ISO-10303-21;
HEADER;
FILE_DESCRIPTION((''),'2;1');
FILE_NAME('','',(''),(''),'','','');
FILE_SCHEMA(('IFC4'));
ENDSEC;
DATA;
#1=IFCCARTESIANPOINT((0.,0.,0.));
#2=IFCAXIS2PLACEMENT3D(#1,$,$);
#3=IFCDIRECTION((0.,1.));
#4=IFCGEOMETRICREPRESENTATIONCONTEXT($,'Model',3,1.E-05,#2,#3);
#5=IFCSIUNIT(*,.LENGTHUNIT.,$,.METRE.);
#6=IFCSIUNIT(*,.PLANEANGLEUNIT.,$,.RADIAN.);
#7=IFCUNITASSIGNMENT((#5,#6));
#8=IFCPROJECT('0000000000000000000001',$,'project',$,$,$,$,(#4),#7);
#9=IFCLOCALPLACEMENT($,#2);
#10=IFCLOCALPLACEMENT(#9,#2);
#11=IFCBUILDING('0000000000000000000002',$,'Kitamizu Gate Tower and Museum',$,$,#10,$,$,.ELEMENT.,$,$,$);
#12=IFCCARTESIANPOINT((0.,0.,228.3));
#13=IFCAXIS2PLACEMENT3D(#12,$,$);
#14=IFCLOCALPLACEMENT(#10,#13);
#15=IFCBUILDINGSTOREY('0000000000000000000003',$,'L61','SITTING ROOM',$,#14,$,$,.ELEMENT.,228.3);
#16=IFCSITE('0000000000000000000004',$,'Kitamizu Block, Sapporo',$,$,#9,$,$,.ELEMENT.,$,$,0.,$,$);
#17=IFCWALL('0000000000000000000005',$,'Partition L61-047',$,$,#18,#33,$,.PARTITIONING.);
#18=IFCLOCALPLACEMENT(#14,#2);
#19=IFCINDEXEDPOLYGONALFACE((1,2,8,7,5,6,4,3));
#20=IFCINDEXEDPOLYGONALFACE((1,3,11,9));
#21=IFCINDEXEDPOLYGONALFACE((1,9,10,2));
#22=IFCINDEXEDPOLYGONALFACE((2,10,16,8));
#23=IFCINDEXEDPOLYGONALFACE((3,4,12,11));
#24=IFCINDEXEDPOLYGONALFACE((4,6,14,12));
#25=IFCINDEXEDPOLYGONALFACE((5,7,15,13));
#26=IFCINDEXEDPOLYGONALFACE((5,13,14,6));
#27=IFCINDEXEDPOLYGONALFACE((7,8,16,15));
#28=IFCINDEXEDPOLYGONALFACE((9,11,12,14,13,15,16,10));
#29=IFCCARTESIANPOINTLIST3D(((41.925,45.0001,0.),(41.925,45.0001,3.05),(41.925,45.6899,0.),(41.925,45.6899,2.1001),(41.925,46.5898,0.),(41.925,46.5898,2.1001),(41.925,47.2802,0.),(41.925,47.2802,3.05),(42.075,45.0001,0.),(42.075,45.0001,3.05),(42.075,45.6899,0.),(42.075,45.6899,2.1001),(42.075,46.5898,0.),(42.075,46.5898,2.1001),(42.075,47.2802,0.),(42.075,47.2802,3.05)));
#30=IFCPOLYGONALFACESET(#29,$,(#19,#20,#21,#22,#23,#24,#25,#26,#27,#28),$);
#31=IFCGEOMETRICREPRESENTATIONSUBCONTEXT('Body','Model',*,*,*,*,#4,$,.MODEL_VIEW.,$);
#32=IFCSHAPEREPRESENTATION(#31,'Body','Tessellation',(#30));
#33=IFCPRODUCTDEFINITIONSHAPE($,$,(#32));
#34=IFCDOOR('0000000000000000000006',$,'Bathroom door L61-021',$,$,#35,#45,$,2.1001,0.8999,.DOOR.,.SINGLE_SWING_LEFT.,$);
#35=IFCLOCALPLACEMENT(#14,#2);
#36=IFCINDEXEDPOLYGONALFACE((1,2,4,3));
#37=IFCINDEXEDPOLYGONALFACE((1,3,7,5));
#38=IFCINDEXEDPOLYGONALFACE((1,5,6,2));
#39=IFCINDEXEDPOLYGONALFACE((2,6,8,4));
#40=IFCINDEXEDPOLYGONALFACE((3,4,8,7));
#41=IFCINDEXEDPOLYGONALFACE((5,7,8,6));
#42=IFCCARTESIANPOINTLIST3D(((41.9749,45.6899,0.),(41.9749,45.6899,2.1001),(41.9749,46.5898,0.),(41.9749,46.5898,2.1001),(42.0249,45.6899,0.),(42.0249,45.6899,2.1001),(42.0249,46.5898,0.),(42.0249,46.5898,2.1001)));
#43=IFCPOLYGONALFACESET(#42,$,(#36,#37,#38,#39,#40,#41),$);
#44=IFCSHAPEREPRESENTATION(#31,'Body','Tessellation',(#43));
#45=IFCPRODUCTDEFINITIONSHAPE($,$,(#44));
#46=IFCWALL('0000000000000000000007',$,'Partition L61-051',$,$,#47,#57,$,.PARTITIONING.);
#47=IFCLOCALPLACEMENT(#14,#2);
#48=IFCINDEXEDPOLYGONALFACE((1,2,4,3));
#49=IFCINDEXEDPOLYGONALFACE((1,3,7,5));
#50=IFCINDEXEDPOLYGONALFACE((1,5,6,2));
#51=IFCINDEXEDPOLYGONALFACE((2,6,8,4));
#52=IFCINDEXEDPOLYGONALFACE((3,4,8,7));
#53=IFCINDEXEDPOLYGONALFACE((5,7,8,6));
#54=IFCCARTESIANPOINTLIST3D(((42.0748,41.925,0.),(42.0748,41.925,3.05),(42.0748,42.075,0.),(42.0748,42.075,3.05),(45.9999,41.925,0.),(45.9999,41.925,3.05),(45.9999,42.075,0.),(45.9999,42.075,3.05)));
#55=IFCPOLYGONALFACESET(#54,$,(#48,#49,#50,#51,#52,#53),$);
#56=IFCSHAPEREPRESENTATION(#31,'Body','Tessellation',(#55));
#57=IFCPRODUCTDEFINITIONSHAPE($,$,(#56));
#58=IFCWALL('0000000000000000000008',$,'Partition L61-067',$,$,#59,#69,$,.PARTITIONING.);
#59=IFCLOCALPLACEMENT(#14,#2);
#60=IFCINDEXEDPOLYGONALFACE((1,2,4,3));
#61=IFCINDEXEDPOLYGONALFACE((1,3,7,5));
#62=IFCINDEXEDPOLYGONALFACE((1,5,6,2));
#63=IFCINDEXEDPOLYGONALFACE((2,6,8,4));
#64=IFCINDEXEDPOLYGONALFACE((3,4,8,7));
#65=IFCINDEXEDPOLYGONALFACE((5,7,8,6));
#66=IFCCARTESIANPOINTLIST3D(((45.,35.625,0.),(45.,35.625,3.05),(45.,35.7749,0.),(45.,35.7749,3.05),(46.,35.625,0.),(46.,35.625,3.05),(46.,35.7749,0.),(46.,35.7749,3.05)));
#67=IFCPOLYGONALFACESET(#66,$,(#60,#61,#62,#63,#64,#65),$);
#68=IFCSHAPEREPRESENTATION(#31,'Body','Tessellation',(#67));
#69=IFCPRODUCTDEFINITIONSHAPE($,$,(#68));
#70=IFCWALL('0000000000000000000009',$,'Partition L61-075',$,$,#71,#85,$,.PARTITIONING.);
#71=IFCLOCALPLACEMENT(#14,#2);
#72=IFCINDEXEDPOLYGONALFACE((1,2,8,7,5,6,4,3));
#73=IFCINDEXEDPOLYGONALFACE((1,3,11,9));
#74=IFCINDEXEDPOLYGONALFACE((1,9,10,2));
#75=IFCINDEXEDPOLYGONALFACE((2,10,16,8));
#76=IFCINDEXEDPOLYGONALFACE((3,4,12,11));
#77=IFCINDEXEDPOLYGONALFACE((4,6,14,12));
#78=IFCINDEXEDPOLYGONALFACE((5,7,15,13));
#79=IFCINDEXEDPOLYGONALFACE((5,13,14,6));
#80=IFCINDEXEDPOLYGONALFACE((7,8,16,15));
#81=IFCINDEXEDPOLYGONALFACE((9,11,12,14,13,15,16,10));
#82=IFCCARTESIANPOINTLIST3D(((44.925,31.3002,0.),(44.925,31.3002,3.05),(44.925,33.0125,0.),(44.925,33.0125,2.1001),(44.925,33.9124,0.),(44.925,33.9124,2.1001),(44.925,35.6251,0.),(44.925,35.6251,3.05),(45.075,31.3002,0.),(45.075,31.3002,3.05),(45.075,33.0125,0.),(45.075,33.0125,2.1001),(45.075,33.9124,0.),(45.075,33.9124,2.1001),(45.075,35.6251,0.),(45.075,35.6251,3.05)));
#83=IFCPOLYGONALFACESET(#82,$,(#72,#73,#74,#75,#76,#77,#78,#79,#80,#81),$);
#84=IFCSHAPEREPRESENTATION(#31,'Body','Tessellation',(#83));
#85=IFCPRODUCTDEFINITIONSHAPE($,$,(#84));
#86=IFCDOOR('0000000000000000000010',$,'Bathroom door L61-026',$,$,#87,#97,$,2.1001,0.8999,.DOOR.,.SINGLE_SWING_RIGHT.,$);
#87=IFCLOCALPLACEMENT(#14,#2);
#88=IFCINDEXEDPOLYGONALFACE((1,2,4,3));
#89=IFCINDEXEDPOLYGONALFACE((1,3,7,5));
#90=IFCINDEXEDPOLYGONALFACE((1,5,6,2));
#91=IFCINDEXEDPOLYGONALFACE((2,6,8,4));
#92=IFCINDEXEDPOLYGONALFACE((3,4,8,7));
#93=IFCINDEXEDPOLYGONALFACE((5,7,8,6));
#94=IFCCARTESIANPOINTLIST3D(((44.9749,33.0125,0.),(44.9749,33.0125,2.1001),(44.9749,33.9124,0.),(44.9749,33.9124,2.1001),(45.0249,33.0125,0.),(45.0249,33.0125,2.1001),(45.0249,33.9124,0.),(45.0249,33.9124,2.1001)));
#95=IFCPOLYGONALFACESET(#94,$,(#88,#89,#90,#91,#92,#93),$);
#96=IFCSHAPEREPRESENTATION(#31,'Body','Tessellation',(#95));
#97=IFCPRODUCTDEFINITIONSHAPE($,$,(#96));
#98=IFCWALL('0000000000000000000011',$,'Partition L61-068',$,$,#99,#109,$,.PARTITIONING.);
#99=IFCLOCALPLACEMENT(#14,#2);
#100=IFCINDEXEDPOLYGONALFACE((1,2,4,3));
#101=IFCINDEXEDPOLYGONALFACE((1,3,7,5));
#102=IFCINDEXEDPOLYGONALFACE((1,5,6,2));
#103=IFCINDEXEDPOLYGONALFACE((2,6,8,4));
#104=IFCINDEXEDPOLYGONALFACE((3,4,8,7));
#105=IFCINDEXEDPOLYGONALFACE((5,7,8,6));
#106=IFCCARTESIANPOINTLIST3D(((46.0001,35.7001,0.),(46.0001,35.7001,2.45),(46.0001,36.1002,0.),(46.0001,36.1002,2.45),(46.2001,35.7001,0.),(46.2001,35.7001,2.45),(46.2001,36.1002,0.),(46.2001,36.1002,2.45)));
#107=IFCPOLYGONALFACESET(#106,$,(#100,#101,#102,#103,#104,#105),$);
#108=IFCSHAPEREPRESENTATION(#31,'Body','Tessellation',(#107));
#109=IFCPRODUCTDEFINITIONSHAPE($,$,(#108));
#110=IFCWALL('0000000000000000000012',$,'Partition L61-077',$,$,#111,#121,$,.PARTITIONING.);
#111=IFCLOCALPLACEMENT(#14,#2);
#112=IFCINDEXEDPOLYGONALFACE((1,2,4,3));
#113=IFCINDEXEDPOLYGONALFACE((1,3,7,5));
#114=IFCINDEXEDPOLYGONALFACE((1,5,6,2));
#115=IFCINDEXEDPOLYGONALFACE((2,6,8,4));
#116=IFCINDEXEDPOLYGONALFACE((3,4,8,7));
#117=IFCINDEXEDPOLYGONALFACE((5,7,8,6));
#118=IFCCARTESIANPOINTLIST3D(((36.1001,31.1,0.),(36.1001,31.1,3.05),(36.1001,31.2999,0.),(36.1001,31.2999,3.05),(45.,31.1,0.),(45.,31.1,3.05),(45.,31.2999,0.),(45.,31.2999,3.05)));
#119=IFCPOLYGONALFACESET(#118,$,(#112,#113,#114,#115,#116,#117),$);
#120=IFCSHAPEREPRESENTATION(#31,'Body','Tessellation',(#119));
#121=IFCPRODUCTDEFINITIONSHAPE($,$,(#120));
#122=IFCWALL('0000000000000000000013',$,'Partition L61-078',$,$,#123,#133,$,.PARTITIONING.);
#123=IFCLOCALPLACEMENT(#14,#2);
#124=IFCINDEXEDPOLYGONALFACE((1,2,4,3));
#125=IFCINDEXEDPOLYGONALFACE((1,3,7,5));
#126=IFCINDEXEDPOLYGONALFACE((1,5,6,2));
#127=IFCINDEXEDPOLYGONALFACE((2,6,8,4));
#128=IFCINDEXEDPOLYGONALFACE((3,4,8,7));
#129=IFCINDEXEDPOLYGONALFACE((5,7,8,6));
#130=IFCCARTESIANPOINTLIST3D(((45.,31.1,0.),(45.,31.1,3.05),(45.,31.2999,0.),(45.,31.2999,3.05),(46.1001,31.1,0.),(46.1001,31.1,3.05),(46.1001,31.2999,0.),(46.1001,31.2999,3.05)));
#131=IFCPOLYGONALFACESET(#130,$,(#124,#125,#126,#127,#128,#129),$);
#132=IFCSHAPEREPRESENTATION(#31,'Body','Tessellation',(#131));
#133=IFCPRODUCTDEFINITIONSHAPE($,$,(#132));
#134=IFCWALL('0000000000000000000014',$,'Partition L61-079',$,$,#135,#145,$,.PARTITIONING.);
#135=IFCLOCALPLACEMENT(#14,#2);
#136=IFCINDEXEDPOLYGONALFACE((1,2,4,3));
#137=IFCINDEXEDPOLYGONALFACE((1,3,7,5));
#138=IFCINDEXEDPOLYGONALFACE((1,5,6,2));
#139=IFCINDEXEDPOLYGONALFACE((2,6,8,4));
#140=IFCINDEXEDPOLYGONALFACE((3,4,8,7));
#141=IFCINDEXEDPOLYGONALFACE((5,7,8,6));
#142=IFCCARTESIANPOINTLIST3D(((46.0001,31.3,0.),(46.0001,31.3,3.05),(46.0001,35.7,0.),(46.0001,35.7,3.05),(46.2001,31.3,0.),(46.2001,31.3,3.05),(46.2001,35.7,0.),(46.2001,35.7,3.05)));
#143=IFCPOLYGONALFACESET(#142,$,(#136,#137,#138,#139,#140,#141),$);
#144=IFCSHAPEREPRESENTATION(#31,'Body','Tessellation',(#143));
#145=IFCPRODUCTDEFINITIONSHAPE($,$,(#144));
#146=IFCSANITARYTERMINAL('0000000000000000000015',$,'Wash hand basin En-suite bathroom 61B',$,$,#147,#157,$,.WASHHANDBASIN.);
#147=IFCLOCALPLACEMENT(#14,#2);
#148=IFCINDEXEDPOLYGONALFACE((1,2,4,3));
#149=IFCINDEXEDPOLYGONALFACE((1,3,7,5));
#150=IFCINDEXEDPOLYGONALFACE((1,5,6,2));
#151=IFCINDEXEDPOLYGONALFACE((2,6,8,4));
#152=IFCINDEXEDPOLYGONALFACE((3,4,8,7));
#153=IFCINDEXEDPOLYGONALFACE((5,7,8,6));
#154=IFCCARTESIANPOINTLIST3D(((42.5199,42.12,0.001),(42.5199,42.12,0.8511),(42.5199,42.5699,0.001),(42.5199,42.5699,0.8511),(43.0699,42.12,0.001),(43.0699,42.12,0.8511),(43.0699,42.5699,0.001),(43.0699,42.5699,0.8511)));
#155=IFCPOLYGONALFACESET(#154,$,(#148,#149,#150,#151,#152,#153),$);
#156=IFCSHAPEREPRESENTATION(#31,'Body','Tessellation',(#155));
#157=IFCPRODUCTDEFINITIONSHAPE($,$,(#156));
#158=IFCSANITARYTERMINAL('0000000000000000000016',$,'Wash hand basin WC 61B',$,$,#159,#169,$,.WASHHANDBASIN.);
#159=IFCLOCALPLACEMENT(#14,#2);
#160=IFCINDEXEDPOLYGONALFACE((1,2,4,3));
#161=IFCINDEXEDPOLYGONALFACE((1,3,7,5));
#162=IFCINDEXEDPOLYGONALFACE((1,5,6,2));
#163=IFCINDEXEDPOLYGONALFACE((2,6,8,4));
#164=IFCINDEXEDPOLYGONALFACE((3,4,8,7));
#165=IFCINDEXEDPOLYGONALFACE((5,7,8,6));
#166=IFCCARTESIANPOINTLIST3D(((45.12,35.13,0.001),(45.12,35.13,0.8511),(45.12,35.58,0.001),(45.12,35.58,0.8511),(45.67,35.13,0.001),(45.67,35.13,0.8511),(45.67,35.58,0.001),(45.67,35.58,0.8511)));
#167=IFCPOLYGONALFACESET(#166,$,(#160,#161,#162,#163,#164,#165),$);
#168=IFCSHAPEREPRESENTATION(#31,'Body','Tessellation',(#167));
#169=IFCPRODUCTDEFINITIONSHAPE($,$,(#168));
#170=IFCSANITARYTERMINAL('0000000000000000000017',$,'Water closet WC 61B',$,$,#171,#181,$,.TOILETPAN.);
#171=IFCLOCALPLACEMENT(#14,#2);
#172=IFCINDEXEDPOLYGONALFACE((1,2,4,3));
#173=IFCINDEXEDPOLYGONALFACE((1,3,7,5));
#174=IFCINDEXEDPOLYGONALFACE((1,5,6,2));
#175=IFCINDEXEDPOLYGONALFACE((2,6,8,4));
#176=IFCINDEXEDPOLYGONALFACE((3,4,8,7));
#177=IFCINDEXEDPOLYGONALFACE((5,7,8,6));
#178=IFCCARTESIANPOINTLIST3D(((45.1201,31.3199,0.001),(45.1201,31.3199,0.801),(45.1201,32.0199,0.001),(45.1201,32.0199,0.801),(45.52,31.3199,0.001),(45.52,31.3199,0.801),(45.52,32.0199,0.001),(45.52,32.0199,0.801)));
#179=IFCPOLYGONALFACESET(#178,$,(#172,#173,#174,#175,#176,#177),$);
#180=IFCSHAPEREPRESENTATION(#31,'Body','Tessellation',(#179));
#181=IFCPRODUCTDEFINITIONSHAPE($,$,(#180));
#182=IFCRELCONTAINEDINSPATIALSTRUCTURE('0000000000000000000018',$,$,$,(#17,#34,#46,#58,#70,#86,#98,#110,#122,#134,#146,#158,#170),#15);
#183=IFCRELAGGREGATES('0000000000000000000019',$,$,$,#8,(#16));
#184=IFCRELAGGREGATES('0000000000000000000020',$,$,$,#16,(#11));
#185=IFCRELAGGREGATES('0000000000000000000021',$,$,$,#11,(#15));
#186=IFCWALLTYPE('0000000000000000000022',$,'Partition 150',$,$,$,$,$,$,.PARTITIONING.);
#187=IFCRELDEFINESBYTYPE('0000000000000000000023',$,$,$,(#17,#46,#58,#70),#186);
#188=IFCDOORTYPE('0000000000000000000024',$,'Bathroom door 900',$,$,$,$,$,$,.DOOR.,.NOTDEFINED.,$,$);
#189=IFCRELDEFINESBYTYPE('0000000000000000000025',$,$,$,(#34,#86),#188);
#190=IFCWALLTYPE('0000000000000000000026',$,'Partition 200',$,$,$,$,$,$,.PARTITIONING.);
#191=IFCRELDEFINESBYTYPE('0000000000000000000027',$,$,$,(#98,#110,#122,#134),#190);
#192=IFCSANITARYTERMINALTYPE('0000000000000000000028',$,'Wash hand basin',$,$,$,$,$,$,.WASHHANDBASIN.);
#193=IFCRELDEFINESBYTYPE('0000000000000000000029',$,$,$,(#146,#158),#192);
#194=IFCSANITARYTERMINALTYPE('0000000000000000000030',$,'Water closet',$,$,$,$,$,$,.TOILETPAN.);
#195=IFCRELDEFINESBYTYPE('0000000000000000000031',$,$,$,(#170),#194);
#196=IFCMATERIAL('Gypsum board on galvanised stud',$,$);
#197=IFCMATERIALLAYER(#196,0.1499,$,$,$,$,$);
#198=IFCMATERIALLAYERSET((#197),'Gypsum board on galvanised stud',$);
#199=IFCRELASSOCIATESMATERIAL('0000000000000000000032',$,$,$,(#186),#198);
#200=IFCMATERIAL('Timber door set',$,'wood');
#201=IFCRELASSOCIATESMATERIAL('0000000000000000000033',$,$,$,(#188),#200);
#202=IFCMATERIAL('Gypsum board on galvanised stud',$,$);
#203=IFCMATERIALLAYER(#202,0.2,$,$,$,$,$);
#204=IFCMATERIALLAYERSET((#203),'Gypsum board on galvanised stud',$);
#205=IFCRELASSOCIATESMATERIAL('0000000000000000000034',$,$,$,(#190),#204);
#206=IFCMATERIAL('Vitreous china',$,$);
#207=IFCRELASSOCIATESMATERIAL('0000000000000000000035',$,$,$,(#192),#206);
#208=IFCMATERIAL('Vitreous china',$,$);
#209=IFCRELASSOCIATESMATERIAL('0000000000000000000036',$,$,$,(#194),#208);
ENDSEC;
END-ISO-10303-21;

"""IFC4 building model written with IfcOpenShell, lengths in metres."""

from ifc_helpers import new_model, si_unit, direction, frame, frame_2d, origin, origin_2d, place, context, subcontext, project, spatial, rectangle, extrude, material, layer, layer_set, type_object, element, fill, save


model = new_model("IFC4")

# Units and contexts
model_context = context("Model", 3, precision=1e-05, world=origin(), true_north=direction((0.0, 1.0)))
body_context = subcontext(model_context, "Body", "Model", "MODEL_VIEW")
ifc_project = project(units=[si_unit("LENGTHUNIT", "METRE"), si_unit("PLANEANGLEUNIT", "RADIAN")], contexts=[model_context])

# Site, building, storey
site_placement = place(None, origin())
site = spatial("IfcSite", under=ifc_project, at=site_placement, Name="Kitamizu Block, Sapporo", CompositionType="ELEMENT", RefElevation=0.0)
building_placement = place(site_placement, origin())
building = spatial("IfcBuilding", under=site, at=building_placement, Name="Kitamizu Gate Tower and Museum", CompositionType="ELEMENT")
storey_placement = place(building_placement, frame((0.0, 0.0, 228.3)))
storey = spatial("IfcBuildingStorey", under=building, at=storey_placement, Name="L61", Description="SITTING ROOM", CompositionType="ELEMENT", Elevation=228.3)

# Wall, opening, door
ifc_material_1 = material(Name="Gypsum board on galvanised stud")
ifc_layer_1 = layer(ifc_material_1, 0.1499)
ifc_layer_set_1 = layer_set([ifc_layer_1], Name="Gypsum board on galvanised stud")
wall_type_1 = type_object("IfcWallType", Name="Partition 150", PredefinedType="PARTITIONING", material=ifc_layer_set_1)
ifc_material_2 = material(Name="Timber door set", Category="wood")
door_type_1 = type_object("IfcDoorType", Name="Bathroom door 900", OperationType="NOTDEFINED", PredefinedType="DOOR", material=ifc_material_2)
wall_1_placement = place(storey_placement, frame((42.0, 45.0, 0.0), z_axis=(0.0, 0.0, 1.0), x_axis=(0.0, 1.0, 0.0)))
wall_1 = element("IfcWall", 1, at=wall_1_placement, inside=storey, type_object=wall_type_1, Name="Partition L61-047", PredefinedType="PARTITIONING", context=body_context, shape_type="SweptSolid", body=[
    extrude(rectangle(XDim=2.28, YDim=0.1499, at=frame_2d((1.1401, 0.0))), origin(), (0.0, 0.0, 1.0), 3.05),
])
opening_1_placement = place(wall_1_placement, frame((0.6899, 0.0, 0.0)))
opening_1 = element("IfcOpeningElement", 2, at=opening_1_placement, cuts=wall_1, PredefinedType="OPENING", context=body_context, shape_type="SweptSolid", body=[
    extrude(rectangle(XDim=0.8999, YDim=2.1001, at=frame_2d((0.45, 1.05))), frame((0.0, 0.085, 0.0), z_axis=(0.0, -1.0, 0.0), x_axis=(1.0, 0.0, 0.0)), (0.0, 0.0, 1.0), 0.1699),
])
door_1_placement = place(opening_1_placement, frame((0.8999, 0.0, 0.0), x_axis=(-1.0, 0.0, 0.0)))
door_1 = element("IfcDoor", 3, at=door_1_placement, inside=storey, type_object=door_type_1, Name="Bathroom door L61-021", OperationType="SINGLE_SWING_LEFT", OverallHeight=2.1001, OverallWidth=0.8999, PredefinedType="DOOR", context=body_context, shape_type="SweptSolid", body=[
    extrude(rectangle(XDim=0.8999, YDim=2.1001, at=frame_2d((0.45, 1.05))), frame((0.0, 0.0249, 0.0), z_axis=(0.0, -1.0, 0.0), x_axis=(1.0, 0.0, 0.0)), (0.0, 0.0, 1.0), 0.05),
])
fill(opening_1, door_1)

# Walls
wall_2_placement = place(storey_placement, frame((42.075, 42.0, 0.0), z_axis=(0.0, 0.0, 1.0), x_axis=(1.0, 0.0, 0.0)))
element("IfcWall", 4, at=wall_2_placement, inside=storey, type_object=wall_type_1, Name="Partition L61-051", PredefinedType="PARTITIONING", context=body_context, shape_type="SweptSolid", body=[
    extrude(rectangle(XDim=3.925, YDim=0.1499, at=frame_2d((1.9624, 0.0))), origin(), (0.0, 0.0, 1.0), 3.05),
])
wall_3_placement = place(storey_placement, frame((45.0, 35.7, 0.0), z_axis=(0.0, 0.0, 1.0), x_axis=(1.0, 0.0, 0.0)))
element("IfcWall", 5, at=wall_3_placement, inside=storey, type_object=wall_type_1, Name="Partition L61-067", PredefinedType="PARTITIONING", context=body_context, shape_type="SweptSolid", body=[
    extrude(rectangle(XDim=1.0, YDim=0.1499, at=frame_2d((0.5, 0.0))), origin(), (0.0, 0.0, 1.0), 3.05),
])

# Wall, opening, door
wall_4_placement = place(storey_placement, frame((45.0, 31.3, 0.0), z_axis=(0.0, 0.0, 1.0), x_axis=(0.0, 1.0, 0.0)))
wall_4 = element("IfcWall", 6, at=wall_4_placement, inside=storey, type_object=wall_type_1, Name="Partition L61-075", PredefinedType="PARTITIONING", context=body_context, shape_type="SweptSolid", body=[
    extrude(rectangle(XDim=4.325, YDim=0.1499, at=frame_2d((2.1626, 0.0))), origin(), (0.0, 0.0, 1.0), 3.05),
])
opening_2_placement = place(wall_4_placement, frame((1.7124, 0.0, 0.0)))
opening_2 = element("IfcOpeningElement", 7, at=opening_2_placement, cuts=wall_4, PredefinedType="OPENING", context=body_context, shape_type="SweptSolid", body=[
    extrude(rectangle(XDim=0.8999, YDim=2.1001, at=frame_2d((0.45, 1.05))), frame((0.0, 0.085, 0.0), z_axis=(0.0, -1.0, 0.0), x_axis=(1.0, 0.0, 0.0)), (0.0, 0.0, 1.0), 0.1699),
])
door_2_placement = place(opening_2_placement, frame((0.8999, 0.0, 0.0), x_axis=(-1.0, 0.0, 0.0)))
door_2 = element("IfcDoor", 8, at=door_2_placement, inside=storey, type_object=door_type_1, Name="Bathroom door L61-026", OperationType="SINGLE_SWING_RIGHT", OverallHeight=2.1001, OverallWidth=0.8999, PredefinedType="DOOR", context=body_context, shape_type="SweptSolid", body=[
    extrude(rectangle(XDim=0.8999, YDim=2.1001, at=frame_2d((0.45, 1.05))), frame((0.0, 0.0249, 0.0), z_axis=(0.0, -1.0, 0.0), x_axis=(1.0, 0.0, 0.0)), (0.0, 0.0, 1.0), 0.05),
])
fill(opening_2, door_2)

# Walls
ifc_material_3 = material(Name="Gypsum board on galvanised stud")
ifc_layer_2 = layer(ifc_material_3, 0.2)
ifc_layer_set_2 = layer_set([ifc_layer_2], Name="Gypsum board on galvanised stud")
wall_type_2 = type_object("IfcWallType", Name="Partition 200", PredefinedType="PARTITIONING", material=ifc_layer_set_2)
wall_5_placement = place(storey_placement, frame((46.1001, 35.7, 0.0), z_axis=(0.0, 0.0, 1.0), x_axis=(0.0, 1.0, 0.0)))
element("IfcWall", 9, at=wall_5_placement, inside=storey, type_object=wall_type_2, Name="Partition L61-068", PredefinedType="PARTITIONING", context=body_context, shape_type="SweptSolid", body=[
    extrude(rectangle(XDim=0.4001, YDim=0.2, at=frame_2d((0.2002, 0.0))), origin(), (0.0, 0.0, 1.0), 2.45),
])
wall_6_placement = place(storey_placement, frame((36.1001, 31.2, 0.0), z_axis=(0.0, 0.0, 1.0), x_axis=(1.0, 0.0, 0.0)))
element("IfcWall", 10, at=wall_6_placement, inside=storey, type_object=wall_type_2, Name="Partition L61-077", PredefinedType="PARTITIONING", context=body_context, shape_type="SweptSolid", body=[
    extrude(rectangle(XDim=8.8999, YDim=0.2, at=frame_2d((4.45, 0.0))), origin(), (0.0, 0.0, 1.0), 3.05),
])
wall_7_placement = place(storey_placement, frame((45.0, 31.2, 0.0), z_axis=(0.0, 0.0, 1.0), x_axis=(1.0, 0.0, 0.0)))
element("IfcWall", 11, at=wall_7_placement, inside=storey, type_object=wall_type_2, Name="Partition L61-078", PredefinedType="PARTITIONING", context=body_context, shape_type="SweptSolid", body=[
    extrude(rectangle(XDim=1.1001, YDim=0.2, at=frame_2d((0.55, 0.0))), origin(), (0.0, 0.0, 1.0), 3.05),
])
wall_8_placement = place(storey_placement, frame((46.1001, 31.3, 0.0), z_axis=(0.0, 0.0, 1.0), x_axis=(0.0, 1.0, 0.0)))
element("IfcWall", 12, at=wall_8_placement, inside=storey, type_object=wall_type_2, Name="Partition L61-079", PredefinedType="PARTITIONING", context=body_context, shape_type="SweptSolid", body=[
    extrude(rectangle(XDim=4.3999, YDim=0.2, at=frame_2d((2.2, 0.0))), origin(), (0.0, 0.0, 1.0), 3.05),
])

# Sanitary terminals
ifc_material_4 = material(Name="Vitreous china")
sanitary_terminal_type_1 = type_object("IfcSanitaryTerminalType", Name="Wash hand basin", PredefinedType="WASHHANDBASIN", material=ifc_material_4)
for number, where, z_axis, x_axis, name in (
    (13, (42.7949, 42.345, 0.001), (0.0, 0.0, 1.0), (1.0, 0.0, 0.0), "Wash hand basin En-suite bathroom 61B"),
    (14, (45.395, 35.355, 0.001), (0.0, 0.0, 1.0), (1.0, 0.0, 0.0), "Wash hand basin WC 61B"),
):
    element("IfcSanitaryTerminal", number, at=place(storey_placement, frame(where, z_axis=z_axis, x_axis=x_axis)), inside=storey, type_object=sanitary_terminal_type_1, Name=name, PredefinedType="WASHHANDBASIN", context=body_context, shape_type="SweptSolid", body=[
        extrude(rectangle(XDim=0.55, YDim=0.45, at=origin_2d()), origin(), (0.0, 0.0, 1.0), 0.8501),
    ])
ifc_material_5 = material(Name="Vitreous china")
sanitary_terminal_type_2 = type_object("IfcSanitaryTerminalType", Name="Water closet", PredefinedType="TOILETPAN", material=ifc_material_5)
sanitary_terminal_placement = place(storey_placement, frame((45.3201, 31.6699, 0.001), z_axis=(0.0, 0.0, 1.0), x_axis=(1.0, 0.0, 0.0)))
element("IfcSanitaryTerminal", 15, at=sanitary_terminal_placement, inside=storey, type_object=sanitary_terminal_type_2, Name="Water closet WC 61B", PredefinedType="TOILETPAN", context=body_context, shape_type="SweptSolid", body=[
    extrude(rectangle(XDim=0.3999, YDim=0.7, at=origin_2d()), origin(), (0.0, 0.0, 1.0), 0.8),
])

save(model, "model.ifc")
